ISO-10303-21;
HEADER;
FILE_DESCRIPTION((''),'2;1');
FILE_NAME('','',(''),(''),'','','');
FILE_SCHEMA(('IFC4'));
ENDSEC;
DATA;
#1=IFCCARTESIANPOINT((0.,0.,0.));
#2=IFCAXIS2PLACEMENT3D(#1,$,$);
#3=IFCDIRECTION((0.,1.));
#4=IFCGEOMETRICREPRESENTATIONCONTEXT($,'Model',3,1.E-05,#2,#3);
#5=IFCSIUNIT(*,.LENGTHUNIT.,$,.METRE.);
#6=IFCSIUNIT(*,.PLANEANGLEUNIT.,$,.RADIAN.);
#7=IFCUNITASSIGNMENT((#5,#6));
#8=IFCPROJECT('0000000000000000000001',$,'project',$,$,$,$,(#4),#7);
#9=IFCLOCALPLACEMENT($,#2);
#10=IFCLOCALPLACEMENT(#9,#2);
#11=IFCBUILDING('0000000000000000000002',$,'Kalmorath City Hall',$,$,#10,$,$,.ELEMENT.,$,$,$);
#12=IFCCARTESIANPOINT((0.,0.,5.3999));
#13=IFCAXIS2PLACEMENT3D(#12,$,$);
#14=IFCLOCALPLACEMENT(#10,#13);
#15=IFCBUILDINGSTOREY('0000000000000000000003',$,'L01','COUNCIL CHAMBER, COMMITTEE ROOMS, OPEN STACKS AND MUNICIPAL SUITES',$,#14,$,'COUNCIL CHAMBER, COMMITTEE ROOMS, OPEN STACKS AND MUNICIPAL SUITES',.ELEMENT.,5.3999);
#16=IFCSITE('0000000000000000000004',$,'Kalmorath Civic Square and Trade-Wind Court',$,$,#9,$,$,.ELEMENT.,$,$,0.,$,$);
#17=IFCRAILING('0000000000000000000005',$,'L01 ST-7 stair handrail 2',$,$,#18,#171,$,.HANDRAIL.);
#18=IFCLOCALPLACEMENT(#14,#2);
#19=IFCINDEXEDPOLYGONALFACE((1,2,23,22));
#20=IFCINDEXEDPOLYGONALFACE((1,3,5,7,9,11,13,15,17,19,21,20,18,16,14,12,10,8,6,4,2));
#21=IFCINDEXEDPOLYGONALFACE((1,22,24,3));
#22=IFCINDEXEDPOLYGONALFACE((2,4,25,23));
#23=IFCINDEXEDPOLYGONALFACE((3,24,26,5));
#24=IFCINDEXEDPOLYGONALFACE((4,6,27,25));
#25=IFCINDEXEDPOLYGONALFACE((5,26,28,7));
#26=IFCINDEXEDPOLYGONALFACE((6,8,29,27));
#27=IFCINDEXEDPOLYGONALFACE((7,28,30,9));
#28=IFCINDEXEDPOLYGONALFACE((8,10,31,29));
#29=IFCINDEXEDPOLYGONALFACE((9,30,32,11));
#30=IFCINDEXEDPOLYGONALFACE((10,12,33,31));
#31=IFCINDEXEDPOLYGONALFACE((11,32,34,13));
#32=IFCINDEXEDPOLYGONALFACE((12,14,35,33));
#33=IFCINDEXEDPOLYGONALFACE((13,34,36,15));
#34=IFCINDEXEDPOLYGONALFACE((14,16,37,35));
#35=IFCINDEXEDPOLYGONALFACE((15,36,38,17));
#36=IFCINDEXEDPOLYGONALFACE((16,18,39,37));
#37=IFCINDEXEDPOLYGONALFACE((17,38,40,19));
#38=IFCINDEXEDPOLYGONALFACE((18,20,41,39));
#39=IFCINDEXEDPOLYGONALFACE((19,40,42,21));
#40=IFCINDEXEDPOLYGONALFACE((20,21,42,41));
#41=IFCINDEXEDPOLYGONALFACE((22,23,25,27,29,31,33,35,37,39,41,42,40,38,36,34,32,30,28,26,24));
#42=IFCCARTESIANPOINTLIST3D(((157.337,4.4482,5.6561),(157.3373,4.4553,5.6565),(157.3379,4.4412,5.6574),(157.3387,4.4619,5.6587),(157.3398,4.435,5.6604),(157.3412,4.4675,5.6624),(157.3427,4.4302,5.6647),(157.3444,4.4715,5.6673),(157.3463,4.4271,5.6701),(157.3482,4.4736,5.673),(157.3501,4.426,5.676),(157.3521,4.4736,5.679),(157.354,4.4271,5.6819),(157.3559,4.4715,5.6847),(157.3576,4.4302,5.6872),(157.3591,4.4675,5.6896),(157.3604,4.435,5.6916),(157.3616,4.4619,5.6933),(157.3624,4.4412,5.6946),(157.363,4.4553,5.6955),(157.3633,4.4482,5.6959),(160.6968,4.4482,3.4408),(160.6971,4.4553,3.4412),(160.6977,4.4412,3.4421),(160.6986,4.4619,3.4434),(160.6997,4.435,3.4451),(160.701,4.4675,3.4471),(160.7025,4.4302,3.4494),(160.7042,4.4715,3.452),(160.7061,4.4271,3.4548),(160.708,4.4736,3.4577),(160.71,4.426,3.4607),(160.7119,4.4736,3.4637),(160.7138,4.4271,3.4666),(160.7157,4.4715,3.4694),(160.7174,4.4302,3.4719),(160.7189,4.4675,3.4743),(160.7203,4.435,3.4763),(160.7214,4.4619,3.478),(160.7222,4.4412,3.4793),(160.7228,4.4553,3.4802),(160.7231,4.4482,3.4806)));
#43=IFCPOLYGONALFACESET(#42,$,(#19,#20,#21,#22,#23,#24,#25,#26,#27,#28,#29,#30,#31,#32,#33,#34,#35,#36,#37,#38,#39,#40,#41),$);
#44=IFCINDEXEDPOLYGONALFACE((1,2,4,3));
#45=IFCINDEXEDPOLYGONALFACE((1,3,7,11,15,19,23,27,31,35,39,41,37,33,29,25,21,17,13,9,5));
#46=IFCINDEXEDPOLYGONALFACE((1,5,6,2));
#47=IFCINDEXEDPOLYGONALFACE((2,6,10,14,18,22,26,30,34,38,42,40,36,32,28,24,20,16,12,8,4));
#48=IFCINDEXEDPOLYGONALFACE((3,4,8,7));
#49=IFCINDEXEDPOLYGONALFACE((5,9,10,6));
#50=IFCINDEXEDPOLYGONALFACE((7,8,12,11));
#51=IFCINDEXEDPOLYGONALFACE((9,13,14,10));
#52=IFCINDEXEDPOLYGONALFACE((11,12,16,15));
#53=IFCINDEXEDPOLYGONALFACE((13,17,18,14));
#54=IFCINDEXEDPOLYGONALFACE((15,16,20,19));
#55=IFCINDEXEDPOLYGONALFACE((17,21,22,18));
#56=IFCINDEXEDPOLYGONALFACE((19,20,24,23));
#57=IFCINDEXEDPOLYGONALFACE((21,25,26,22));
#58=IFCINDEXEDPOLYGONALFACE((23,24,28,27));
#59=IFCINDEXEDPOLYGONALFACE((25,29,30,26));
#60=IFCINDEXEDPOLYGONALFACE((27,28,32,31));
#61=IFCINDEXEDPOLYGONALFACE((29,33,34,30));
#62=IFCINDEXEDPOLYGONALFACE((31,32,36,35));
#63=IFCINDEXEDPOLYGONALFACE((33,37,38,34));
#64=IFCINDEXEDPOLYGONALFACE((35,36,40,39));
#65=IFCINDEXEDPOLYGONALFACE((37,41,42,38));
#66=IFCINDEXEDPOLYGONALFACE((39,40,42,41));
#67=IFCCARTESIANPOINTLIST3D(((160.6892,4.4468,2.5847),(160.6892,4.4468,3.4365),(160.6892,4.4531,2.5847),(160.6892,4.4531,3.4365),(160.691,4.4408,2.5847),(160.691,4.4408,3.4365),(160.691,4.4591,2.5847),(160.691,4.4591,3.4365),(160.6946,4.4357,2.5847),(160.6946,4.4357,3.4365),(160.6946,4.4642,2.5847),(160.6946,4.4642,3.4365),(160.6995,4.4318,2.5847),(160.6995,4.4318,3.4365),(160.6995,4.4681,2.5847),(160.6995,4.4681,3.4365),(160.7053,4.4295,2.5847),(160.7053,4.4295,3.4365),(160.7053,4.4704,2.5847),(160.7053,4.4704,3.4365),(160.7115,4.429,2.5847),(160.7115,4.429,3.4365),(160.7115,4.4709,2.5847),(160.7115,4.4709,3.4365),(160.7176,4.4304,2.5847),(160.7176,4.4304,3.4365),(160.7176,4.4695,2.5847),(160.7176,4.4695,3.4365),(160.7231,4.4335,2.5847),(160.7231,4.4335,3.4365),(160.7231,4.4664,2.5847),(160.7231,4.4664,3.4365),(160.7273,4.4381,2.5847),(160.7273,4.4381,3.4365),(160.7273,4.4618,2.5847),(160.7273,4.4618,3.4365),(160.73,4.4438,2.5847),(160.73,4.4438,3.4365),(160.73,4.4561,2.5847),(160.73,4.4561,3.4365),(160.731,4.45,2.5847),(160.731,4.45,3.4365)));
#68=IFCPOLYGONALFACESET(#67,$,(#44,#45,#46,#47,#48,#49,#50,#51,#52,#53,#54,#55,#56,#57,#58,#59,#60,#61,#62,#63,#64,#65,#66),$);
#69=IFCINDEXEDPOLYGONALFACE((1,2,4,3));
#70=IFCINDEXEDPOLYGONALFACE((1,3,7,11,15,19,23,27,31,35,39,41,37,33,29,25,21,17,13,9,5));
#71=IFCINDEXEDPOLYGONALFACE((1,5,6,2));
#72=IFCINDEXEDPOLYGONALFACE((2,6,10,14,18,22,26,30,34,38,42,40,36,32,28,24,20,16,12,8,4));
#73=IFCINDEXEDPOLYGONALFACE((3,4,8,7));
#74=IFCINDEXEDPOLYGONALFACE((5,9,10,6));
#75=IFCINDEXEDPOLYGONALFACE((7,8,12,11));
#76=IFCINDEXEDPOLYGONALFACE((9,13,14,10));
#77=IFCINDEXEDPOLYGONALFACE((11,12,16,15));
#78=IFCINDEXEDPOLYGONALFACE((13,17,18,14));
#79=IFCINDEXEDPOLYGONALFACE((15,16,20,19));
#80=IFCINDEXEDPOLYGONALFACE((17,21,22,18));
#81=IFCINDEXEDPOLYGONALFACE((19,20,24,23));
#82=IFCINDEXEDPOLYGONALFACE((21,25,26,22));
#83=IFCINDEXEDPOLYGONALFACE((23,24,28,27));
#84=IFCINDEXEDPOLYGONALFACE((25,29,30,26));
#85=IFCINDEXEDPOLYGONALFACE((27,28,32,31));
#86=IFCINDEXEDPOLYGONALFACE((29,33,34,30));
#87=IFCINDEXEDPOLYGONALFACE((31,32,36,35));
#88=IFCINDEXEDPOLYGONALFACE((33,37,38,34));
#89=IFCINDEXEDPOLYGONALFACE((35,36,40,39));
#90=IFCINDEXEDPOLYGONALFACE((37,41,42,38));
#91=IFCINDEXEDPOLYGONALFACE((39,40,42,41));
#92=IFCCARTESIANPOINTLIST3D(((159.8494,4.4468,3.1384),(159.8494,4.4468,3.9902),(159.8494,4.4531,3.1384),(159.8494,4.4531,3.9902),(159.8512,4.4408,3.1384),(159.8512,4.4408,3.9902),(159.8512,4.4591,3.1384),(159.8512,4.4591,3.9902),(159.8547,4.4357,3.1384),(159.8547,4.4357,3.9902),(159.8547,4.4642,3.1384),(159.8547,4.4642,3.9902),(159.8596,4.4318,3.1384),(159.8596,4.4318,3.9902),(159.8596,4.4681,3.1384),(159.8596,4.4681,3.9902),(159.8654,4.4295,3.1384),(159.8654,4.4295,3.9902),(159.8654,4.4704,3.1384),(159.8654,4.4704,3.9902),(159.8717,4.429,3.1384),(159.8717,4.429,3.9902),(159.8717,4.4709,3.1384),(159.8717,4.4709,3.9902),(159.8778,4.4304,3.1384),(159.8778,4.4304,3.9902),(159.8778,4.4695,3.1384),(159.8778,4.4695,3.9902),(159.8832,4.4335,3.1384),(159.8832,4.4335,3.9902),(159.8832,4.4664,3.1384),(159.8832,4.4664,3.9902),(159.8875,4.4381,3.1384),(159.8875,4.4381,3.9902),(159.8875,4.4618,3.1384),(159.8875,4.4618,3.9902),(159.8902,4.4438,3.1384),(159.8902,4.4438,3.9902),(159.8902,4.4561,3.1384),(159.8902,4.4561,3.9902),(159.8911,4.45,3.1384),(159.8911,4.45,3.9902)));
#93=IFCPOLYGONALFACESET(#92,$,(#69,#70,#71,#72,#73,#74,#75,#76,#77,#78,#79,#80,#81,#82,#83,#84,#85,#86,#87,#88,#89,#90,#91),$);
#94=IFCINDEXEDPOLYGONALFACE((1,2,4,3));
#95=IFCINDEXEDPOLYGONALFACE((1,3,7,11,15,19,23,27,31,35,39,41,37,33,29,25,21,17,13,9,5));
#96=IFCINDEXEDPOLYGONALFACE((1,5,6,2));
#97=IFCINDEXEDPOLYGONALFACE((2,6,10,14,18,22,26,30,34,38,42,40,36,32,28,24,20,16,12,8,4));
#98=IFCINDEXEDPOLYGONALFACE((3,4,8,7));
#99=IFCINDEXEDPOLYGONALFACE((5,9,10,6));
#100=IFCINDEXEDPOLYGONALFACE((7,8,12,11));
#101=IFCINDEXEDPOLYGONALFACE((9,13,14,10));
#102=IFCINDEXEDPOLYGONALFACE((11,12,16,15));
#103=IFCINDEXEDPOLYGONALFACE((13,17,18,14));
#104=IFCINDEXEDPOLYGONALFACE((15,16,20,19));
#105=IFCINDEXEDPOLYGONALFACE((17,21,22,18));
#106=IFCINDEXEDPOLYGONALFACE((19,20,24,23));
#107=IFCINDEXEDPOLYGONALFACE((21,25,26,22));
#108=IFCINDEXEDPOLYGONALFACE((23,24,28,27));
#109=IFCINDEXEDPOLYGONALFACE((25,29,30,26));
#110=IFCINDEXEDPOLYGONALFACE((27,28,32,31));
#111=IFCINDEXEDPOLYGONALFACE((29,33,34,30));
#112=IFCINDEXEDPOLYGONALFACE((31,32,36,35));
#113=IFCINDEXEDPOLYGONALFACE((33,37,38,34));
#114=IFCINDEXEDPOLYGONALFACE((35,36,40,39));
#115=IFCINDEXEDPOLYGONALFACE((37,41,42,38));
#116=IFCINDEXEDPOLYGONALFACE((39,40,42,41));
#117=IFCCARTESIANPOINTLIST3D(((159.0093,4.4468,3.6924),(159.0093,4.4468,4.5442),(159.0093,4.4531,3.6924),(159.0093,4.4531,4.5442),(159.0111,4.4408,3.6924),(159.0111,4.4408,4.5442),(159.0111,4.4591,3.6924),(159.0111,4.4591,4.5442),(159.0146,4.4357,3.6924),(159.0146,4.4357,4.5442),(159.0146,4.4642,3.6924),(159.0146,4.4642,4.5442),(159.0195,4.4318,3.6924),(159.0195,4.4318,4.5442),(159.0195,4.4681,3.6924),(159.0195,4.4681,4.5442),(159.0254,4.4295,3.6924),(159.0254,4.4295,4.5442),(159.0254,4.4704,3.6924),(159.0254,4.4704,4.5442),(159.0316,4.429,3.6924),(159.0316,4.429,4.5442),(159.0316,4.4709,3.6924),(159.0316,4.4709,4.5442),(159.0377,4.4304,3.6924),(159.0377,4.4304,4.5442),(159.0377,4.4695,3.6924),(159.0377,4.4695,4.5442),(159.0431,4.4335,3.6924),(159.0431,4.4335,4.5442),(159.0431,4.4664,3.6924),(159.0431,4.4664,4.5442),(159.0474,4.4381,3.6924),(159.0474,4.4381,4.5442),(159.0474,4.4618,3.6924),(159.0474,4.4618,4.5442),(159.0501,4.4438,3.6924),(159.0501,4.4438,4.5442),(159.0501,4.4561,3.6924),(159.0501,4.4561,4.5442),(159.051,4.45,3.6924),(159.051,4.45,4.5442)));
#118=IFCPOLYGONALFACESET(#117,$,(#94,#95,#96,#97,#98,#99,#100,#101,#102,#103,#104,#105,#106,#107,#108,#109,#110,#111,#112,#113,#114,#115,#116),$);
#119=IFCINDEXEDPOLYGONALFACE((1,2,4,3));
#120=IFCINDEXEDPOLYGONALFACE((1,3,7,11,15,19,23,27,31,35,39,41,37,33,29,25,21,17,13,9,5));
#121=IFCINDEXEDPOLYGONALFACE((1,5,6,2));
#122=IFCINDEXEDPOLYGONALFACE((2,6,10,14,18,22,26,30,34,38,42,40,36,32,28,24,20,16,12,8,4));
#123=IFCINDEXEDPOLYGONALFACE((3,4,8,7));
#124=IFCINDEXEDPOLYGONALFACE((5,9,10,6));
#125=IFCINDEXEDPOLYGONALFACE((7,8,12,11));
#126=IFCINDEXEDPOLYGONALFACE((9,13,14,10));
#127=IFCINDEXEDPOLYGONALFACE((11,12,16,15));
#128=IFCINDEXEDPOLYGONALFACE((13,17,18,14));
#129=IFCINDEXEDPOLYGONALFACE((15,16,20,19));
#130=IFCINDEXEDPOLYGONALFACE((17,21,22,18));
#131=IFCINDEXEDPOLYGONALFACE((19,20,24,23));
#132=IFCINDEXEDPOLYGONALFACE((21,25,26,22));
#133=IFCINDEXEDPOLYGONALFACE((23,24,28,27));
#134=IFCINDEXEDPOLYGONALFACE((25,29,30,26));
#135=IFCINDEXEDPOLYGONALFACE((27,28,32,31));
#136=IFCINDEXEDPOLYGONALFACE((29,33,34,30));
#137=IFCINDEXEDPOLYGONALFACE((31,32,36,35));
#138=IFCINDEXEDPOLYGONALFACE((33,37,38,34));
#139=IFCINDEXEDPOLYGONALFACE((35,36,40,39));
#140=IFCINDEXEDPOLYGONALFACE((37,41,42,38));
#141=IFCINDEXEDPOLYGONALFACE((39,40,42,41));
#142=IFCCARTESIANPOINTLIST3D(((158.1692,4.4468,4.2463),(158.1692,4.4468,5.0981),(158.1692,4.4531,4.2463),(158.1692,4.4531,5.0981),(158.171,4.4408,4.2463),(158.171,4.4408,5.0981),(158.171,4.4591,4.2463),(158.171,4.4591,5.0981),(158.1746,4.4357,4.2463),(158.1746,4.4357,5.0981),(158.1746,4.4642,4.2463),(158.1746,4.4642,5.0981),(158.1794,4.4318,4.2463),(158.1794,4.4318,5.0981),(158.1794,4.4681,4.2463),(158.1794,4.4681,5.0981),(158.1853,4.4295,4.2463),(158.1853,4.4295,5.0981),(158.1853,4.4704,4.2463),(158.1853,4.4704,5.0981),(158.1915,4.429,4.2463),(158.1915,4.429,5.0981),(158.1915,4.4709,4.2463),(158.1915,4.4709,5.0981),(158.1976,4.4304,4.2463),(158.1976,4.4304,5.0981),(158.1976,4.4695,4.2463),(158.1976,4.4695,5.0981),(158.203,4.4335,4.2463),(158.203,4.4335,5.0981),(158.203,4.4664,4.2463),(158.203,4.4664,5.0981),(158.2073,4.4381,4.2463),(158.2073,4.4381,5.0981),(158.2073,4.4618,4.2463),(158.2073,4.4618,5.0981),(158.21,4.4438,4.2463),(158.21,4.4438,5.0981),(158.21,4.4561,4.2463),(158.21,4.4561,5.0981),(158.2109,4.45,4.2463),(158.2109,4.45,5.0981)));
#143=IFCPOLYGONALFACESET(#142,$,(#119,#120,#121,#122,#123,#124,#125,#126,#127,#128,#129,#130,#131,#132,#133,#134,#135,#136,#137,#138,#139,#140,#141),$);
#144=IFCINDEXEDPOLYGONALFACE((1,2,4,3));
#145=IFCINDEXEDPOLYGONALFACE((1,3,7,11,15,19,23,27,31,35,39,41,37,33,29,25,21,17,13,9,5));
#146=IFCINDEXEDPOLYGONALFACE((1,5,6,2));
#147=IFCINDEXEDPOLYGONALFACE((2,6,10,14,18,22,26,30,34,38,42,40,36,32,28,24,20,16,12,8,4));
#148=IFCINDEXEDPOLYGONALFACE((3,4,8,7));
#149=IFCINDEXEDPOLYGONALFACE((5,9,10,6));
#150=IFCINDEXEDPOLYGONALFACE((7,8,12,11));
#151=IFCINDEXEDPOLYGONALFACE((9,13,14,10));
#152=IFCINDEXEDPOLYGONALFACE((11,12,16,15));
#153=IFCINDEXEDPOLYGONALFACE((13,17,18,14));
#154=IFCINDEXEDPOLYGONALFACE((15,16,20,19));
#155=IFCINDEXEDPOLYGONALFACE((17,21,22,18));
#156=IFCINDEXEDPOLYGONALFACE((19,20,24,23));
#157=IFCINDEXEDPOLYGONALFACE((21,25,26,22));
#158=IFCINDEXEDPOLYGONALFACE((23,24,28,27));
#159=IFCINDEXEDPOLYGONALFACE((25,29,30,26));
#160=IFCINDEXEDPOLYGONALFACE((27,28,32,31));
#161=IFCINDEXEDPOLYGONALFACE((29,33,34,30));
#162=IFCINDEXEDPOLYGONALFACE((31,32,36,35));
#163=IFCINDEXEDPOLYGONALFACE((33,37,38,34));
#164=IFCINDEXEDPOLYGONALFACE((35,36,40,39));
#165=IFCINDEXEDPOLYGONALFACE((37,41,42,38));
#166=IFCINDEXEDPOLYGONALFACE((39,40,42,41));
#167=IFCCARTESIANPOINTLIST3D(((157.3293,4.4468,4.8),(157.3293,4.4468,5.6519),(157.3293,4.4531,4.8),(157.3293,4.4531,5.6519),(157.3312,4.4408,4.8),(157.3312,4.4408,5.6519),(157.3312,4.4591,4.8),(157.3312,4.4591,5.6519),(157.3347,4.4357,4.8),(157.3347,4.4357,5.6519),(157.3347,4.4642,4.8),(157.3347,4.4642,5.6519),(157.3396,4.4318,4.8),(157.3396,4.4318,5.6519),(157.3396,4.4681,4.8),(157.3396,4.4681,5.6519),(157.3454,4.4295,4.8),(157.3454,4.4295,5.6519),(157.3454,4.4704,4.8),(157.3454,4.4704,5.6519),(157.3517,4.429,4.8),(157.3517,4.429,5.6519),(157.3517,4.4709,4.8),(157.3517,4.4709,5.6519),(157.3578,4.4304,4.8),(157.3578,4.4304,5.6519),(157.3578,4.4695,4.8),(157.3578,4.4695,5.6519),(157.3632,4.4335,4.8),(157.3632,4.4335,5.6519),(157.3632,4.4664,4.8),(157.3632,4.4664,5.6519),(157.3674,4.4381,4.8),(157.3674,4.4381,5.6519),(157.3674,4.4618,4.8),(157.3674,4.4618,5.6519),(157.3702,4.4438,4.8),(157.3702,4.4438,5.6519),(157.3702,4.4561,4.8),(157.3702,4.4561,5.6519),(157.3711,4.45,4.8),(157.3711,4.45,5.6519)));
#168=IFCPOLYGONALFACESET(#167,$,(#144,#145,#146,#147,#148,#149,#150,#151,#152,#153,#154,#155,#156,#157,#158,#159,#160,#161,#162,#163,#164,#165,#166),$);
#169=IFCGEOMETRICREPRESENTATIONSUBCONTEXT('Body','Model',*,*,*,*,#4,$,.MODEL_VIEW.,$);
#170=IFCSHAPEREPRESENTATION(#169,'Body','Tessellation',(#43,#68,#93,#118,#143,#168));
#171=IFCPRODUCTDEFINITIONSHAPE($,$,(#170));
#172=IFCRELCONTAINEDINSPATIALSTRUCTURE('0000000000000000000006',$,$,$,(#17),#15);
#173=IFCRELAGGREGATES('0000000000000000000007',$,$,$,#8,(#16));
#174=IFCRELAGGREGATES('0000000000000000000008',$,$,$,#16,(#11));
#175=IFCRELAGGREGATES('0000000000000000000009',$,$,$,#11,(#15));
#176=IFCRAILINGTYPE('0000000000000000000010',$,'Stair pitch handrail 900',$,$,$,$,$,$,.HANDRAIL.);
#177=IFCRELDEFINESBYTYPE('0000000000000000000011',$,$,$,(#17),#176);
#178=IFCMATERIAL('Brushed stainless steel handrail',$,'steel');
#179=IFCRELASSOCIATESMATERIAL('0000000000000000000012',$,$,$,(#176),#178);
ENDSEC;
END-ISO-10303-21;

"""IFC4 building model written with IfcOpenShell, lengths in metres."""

from ifc_helpers import new_model, si_unit, direction, frame, origin, origin_2d, place, context, subcontext, project, spatial, circle, extrude, material, type_object, element, save


model = new_model("IFC4")

# Units and contexts
model_context = context("Model", 3, precision=1e-05, world=origin(), true_north=direction((0.0, 1.0)))
body_context = subcontext(model_context, "Body", "Model", "MODEL_VIEW")
ifc_project = project(units=[si_unit("LENGTHUNIT", "METRE"), si_unit("PLANEANGLEUNIT", "RADIAN")], contexts=[model_context])

# Site, building, storey
site_placement = place(None, origin())
site = spatial("IfcSite", under=ifc_project, at=site_placement, Name="Kalmorath Civic Square and Trade-Wind Court", CompositionType="ELEMENT", RefElevation=0.0)
building_placement = place(site_placement, origin())
building = spatial("IfcBuilding", under=site, at=building_placement, Name="Kalmorath City Hall", CompositionType="ELEMENT")
storey_placement = place(building_placement, frame((0.0, 0.0, 5.3999)))
storey = spatial("IfcBuildingStorey", under=building, at=storey_placement, Name="L01", Description="COUNCIL CHAMBER, COMMITTEE ROOMS, OPEN STACKS AND MUNICIPAL SUITES", LongName="COUNCIL CHAMBER, COMMITTEE ROOMS, OPEN STACKS AND MUNICIPAL SUITES", CompositionType="ELEMENT", Elevation=5.3999)

# Railing
ifc_material_1 = material(Name="Brushed stainless steel handrail", Category="steel")
railing_type_1 = type_object("IfcRailingType", Name="Stair pitch handrail 900", PredefinedType="HANDRAIL", material=ifc_material_1)
railing_1_placement = place(storey_placement, frame((160.71, 4.45, 2.5847)))
element("IfcRailing", 1, at=railing_1_placement, inside=storey, type_object=railing_type_1, Name="L01 ST-7 stair handrail 2", PredefinedType="HANDRAIL", context=body_context, shape_type="SweptSolid", body=[
    extrude(circle(Radius=0.0239, at=origin_2d()), frame((0.0, 0.0, 0.876), z_axis=(-0.834858, 0.0, 0.550465), x_axis=(0.0, -1.0, 0.0)), (0.0, 0.0, 1.0), 4.0244),
    extrude(circle(Radius=0.021, at=origin_2d()), origin(), (0.0, 0.0, 1.0), 0.8518),
    extrude(circle(Radius=0.021, at=origin_2d()), frame((-0.8398, 0.0, 0.5537)), (0.0, 0.0, 1.0), 0.8518),
    extrude(circle(Radius=0.021, at=origin_2d()), frame((-1.6799, 0.0, 1.1077)), (0.0, 0.0, 1.0), 0.8518),
    extrude(circle(Radius=0.021, at=origin_2d()), frame((-2.52, 0.0, 1.6616)), (0.0, 0.0, 1.0), 0.8518),
    extrude(circle(Radius=0.021, at=origin_2d()), frame((-3.3599, 0.0, 2.2153)), (0.0, 0.0, 1.0), 0.8518),
])

save(model, "model.ifc")
